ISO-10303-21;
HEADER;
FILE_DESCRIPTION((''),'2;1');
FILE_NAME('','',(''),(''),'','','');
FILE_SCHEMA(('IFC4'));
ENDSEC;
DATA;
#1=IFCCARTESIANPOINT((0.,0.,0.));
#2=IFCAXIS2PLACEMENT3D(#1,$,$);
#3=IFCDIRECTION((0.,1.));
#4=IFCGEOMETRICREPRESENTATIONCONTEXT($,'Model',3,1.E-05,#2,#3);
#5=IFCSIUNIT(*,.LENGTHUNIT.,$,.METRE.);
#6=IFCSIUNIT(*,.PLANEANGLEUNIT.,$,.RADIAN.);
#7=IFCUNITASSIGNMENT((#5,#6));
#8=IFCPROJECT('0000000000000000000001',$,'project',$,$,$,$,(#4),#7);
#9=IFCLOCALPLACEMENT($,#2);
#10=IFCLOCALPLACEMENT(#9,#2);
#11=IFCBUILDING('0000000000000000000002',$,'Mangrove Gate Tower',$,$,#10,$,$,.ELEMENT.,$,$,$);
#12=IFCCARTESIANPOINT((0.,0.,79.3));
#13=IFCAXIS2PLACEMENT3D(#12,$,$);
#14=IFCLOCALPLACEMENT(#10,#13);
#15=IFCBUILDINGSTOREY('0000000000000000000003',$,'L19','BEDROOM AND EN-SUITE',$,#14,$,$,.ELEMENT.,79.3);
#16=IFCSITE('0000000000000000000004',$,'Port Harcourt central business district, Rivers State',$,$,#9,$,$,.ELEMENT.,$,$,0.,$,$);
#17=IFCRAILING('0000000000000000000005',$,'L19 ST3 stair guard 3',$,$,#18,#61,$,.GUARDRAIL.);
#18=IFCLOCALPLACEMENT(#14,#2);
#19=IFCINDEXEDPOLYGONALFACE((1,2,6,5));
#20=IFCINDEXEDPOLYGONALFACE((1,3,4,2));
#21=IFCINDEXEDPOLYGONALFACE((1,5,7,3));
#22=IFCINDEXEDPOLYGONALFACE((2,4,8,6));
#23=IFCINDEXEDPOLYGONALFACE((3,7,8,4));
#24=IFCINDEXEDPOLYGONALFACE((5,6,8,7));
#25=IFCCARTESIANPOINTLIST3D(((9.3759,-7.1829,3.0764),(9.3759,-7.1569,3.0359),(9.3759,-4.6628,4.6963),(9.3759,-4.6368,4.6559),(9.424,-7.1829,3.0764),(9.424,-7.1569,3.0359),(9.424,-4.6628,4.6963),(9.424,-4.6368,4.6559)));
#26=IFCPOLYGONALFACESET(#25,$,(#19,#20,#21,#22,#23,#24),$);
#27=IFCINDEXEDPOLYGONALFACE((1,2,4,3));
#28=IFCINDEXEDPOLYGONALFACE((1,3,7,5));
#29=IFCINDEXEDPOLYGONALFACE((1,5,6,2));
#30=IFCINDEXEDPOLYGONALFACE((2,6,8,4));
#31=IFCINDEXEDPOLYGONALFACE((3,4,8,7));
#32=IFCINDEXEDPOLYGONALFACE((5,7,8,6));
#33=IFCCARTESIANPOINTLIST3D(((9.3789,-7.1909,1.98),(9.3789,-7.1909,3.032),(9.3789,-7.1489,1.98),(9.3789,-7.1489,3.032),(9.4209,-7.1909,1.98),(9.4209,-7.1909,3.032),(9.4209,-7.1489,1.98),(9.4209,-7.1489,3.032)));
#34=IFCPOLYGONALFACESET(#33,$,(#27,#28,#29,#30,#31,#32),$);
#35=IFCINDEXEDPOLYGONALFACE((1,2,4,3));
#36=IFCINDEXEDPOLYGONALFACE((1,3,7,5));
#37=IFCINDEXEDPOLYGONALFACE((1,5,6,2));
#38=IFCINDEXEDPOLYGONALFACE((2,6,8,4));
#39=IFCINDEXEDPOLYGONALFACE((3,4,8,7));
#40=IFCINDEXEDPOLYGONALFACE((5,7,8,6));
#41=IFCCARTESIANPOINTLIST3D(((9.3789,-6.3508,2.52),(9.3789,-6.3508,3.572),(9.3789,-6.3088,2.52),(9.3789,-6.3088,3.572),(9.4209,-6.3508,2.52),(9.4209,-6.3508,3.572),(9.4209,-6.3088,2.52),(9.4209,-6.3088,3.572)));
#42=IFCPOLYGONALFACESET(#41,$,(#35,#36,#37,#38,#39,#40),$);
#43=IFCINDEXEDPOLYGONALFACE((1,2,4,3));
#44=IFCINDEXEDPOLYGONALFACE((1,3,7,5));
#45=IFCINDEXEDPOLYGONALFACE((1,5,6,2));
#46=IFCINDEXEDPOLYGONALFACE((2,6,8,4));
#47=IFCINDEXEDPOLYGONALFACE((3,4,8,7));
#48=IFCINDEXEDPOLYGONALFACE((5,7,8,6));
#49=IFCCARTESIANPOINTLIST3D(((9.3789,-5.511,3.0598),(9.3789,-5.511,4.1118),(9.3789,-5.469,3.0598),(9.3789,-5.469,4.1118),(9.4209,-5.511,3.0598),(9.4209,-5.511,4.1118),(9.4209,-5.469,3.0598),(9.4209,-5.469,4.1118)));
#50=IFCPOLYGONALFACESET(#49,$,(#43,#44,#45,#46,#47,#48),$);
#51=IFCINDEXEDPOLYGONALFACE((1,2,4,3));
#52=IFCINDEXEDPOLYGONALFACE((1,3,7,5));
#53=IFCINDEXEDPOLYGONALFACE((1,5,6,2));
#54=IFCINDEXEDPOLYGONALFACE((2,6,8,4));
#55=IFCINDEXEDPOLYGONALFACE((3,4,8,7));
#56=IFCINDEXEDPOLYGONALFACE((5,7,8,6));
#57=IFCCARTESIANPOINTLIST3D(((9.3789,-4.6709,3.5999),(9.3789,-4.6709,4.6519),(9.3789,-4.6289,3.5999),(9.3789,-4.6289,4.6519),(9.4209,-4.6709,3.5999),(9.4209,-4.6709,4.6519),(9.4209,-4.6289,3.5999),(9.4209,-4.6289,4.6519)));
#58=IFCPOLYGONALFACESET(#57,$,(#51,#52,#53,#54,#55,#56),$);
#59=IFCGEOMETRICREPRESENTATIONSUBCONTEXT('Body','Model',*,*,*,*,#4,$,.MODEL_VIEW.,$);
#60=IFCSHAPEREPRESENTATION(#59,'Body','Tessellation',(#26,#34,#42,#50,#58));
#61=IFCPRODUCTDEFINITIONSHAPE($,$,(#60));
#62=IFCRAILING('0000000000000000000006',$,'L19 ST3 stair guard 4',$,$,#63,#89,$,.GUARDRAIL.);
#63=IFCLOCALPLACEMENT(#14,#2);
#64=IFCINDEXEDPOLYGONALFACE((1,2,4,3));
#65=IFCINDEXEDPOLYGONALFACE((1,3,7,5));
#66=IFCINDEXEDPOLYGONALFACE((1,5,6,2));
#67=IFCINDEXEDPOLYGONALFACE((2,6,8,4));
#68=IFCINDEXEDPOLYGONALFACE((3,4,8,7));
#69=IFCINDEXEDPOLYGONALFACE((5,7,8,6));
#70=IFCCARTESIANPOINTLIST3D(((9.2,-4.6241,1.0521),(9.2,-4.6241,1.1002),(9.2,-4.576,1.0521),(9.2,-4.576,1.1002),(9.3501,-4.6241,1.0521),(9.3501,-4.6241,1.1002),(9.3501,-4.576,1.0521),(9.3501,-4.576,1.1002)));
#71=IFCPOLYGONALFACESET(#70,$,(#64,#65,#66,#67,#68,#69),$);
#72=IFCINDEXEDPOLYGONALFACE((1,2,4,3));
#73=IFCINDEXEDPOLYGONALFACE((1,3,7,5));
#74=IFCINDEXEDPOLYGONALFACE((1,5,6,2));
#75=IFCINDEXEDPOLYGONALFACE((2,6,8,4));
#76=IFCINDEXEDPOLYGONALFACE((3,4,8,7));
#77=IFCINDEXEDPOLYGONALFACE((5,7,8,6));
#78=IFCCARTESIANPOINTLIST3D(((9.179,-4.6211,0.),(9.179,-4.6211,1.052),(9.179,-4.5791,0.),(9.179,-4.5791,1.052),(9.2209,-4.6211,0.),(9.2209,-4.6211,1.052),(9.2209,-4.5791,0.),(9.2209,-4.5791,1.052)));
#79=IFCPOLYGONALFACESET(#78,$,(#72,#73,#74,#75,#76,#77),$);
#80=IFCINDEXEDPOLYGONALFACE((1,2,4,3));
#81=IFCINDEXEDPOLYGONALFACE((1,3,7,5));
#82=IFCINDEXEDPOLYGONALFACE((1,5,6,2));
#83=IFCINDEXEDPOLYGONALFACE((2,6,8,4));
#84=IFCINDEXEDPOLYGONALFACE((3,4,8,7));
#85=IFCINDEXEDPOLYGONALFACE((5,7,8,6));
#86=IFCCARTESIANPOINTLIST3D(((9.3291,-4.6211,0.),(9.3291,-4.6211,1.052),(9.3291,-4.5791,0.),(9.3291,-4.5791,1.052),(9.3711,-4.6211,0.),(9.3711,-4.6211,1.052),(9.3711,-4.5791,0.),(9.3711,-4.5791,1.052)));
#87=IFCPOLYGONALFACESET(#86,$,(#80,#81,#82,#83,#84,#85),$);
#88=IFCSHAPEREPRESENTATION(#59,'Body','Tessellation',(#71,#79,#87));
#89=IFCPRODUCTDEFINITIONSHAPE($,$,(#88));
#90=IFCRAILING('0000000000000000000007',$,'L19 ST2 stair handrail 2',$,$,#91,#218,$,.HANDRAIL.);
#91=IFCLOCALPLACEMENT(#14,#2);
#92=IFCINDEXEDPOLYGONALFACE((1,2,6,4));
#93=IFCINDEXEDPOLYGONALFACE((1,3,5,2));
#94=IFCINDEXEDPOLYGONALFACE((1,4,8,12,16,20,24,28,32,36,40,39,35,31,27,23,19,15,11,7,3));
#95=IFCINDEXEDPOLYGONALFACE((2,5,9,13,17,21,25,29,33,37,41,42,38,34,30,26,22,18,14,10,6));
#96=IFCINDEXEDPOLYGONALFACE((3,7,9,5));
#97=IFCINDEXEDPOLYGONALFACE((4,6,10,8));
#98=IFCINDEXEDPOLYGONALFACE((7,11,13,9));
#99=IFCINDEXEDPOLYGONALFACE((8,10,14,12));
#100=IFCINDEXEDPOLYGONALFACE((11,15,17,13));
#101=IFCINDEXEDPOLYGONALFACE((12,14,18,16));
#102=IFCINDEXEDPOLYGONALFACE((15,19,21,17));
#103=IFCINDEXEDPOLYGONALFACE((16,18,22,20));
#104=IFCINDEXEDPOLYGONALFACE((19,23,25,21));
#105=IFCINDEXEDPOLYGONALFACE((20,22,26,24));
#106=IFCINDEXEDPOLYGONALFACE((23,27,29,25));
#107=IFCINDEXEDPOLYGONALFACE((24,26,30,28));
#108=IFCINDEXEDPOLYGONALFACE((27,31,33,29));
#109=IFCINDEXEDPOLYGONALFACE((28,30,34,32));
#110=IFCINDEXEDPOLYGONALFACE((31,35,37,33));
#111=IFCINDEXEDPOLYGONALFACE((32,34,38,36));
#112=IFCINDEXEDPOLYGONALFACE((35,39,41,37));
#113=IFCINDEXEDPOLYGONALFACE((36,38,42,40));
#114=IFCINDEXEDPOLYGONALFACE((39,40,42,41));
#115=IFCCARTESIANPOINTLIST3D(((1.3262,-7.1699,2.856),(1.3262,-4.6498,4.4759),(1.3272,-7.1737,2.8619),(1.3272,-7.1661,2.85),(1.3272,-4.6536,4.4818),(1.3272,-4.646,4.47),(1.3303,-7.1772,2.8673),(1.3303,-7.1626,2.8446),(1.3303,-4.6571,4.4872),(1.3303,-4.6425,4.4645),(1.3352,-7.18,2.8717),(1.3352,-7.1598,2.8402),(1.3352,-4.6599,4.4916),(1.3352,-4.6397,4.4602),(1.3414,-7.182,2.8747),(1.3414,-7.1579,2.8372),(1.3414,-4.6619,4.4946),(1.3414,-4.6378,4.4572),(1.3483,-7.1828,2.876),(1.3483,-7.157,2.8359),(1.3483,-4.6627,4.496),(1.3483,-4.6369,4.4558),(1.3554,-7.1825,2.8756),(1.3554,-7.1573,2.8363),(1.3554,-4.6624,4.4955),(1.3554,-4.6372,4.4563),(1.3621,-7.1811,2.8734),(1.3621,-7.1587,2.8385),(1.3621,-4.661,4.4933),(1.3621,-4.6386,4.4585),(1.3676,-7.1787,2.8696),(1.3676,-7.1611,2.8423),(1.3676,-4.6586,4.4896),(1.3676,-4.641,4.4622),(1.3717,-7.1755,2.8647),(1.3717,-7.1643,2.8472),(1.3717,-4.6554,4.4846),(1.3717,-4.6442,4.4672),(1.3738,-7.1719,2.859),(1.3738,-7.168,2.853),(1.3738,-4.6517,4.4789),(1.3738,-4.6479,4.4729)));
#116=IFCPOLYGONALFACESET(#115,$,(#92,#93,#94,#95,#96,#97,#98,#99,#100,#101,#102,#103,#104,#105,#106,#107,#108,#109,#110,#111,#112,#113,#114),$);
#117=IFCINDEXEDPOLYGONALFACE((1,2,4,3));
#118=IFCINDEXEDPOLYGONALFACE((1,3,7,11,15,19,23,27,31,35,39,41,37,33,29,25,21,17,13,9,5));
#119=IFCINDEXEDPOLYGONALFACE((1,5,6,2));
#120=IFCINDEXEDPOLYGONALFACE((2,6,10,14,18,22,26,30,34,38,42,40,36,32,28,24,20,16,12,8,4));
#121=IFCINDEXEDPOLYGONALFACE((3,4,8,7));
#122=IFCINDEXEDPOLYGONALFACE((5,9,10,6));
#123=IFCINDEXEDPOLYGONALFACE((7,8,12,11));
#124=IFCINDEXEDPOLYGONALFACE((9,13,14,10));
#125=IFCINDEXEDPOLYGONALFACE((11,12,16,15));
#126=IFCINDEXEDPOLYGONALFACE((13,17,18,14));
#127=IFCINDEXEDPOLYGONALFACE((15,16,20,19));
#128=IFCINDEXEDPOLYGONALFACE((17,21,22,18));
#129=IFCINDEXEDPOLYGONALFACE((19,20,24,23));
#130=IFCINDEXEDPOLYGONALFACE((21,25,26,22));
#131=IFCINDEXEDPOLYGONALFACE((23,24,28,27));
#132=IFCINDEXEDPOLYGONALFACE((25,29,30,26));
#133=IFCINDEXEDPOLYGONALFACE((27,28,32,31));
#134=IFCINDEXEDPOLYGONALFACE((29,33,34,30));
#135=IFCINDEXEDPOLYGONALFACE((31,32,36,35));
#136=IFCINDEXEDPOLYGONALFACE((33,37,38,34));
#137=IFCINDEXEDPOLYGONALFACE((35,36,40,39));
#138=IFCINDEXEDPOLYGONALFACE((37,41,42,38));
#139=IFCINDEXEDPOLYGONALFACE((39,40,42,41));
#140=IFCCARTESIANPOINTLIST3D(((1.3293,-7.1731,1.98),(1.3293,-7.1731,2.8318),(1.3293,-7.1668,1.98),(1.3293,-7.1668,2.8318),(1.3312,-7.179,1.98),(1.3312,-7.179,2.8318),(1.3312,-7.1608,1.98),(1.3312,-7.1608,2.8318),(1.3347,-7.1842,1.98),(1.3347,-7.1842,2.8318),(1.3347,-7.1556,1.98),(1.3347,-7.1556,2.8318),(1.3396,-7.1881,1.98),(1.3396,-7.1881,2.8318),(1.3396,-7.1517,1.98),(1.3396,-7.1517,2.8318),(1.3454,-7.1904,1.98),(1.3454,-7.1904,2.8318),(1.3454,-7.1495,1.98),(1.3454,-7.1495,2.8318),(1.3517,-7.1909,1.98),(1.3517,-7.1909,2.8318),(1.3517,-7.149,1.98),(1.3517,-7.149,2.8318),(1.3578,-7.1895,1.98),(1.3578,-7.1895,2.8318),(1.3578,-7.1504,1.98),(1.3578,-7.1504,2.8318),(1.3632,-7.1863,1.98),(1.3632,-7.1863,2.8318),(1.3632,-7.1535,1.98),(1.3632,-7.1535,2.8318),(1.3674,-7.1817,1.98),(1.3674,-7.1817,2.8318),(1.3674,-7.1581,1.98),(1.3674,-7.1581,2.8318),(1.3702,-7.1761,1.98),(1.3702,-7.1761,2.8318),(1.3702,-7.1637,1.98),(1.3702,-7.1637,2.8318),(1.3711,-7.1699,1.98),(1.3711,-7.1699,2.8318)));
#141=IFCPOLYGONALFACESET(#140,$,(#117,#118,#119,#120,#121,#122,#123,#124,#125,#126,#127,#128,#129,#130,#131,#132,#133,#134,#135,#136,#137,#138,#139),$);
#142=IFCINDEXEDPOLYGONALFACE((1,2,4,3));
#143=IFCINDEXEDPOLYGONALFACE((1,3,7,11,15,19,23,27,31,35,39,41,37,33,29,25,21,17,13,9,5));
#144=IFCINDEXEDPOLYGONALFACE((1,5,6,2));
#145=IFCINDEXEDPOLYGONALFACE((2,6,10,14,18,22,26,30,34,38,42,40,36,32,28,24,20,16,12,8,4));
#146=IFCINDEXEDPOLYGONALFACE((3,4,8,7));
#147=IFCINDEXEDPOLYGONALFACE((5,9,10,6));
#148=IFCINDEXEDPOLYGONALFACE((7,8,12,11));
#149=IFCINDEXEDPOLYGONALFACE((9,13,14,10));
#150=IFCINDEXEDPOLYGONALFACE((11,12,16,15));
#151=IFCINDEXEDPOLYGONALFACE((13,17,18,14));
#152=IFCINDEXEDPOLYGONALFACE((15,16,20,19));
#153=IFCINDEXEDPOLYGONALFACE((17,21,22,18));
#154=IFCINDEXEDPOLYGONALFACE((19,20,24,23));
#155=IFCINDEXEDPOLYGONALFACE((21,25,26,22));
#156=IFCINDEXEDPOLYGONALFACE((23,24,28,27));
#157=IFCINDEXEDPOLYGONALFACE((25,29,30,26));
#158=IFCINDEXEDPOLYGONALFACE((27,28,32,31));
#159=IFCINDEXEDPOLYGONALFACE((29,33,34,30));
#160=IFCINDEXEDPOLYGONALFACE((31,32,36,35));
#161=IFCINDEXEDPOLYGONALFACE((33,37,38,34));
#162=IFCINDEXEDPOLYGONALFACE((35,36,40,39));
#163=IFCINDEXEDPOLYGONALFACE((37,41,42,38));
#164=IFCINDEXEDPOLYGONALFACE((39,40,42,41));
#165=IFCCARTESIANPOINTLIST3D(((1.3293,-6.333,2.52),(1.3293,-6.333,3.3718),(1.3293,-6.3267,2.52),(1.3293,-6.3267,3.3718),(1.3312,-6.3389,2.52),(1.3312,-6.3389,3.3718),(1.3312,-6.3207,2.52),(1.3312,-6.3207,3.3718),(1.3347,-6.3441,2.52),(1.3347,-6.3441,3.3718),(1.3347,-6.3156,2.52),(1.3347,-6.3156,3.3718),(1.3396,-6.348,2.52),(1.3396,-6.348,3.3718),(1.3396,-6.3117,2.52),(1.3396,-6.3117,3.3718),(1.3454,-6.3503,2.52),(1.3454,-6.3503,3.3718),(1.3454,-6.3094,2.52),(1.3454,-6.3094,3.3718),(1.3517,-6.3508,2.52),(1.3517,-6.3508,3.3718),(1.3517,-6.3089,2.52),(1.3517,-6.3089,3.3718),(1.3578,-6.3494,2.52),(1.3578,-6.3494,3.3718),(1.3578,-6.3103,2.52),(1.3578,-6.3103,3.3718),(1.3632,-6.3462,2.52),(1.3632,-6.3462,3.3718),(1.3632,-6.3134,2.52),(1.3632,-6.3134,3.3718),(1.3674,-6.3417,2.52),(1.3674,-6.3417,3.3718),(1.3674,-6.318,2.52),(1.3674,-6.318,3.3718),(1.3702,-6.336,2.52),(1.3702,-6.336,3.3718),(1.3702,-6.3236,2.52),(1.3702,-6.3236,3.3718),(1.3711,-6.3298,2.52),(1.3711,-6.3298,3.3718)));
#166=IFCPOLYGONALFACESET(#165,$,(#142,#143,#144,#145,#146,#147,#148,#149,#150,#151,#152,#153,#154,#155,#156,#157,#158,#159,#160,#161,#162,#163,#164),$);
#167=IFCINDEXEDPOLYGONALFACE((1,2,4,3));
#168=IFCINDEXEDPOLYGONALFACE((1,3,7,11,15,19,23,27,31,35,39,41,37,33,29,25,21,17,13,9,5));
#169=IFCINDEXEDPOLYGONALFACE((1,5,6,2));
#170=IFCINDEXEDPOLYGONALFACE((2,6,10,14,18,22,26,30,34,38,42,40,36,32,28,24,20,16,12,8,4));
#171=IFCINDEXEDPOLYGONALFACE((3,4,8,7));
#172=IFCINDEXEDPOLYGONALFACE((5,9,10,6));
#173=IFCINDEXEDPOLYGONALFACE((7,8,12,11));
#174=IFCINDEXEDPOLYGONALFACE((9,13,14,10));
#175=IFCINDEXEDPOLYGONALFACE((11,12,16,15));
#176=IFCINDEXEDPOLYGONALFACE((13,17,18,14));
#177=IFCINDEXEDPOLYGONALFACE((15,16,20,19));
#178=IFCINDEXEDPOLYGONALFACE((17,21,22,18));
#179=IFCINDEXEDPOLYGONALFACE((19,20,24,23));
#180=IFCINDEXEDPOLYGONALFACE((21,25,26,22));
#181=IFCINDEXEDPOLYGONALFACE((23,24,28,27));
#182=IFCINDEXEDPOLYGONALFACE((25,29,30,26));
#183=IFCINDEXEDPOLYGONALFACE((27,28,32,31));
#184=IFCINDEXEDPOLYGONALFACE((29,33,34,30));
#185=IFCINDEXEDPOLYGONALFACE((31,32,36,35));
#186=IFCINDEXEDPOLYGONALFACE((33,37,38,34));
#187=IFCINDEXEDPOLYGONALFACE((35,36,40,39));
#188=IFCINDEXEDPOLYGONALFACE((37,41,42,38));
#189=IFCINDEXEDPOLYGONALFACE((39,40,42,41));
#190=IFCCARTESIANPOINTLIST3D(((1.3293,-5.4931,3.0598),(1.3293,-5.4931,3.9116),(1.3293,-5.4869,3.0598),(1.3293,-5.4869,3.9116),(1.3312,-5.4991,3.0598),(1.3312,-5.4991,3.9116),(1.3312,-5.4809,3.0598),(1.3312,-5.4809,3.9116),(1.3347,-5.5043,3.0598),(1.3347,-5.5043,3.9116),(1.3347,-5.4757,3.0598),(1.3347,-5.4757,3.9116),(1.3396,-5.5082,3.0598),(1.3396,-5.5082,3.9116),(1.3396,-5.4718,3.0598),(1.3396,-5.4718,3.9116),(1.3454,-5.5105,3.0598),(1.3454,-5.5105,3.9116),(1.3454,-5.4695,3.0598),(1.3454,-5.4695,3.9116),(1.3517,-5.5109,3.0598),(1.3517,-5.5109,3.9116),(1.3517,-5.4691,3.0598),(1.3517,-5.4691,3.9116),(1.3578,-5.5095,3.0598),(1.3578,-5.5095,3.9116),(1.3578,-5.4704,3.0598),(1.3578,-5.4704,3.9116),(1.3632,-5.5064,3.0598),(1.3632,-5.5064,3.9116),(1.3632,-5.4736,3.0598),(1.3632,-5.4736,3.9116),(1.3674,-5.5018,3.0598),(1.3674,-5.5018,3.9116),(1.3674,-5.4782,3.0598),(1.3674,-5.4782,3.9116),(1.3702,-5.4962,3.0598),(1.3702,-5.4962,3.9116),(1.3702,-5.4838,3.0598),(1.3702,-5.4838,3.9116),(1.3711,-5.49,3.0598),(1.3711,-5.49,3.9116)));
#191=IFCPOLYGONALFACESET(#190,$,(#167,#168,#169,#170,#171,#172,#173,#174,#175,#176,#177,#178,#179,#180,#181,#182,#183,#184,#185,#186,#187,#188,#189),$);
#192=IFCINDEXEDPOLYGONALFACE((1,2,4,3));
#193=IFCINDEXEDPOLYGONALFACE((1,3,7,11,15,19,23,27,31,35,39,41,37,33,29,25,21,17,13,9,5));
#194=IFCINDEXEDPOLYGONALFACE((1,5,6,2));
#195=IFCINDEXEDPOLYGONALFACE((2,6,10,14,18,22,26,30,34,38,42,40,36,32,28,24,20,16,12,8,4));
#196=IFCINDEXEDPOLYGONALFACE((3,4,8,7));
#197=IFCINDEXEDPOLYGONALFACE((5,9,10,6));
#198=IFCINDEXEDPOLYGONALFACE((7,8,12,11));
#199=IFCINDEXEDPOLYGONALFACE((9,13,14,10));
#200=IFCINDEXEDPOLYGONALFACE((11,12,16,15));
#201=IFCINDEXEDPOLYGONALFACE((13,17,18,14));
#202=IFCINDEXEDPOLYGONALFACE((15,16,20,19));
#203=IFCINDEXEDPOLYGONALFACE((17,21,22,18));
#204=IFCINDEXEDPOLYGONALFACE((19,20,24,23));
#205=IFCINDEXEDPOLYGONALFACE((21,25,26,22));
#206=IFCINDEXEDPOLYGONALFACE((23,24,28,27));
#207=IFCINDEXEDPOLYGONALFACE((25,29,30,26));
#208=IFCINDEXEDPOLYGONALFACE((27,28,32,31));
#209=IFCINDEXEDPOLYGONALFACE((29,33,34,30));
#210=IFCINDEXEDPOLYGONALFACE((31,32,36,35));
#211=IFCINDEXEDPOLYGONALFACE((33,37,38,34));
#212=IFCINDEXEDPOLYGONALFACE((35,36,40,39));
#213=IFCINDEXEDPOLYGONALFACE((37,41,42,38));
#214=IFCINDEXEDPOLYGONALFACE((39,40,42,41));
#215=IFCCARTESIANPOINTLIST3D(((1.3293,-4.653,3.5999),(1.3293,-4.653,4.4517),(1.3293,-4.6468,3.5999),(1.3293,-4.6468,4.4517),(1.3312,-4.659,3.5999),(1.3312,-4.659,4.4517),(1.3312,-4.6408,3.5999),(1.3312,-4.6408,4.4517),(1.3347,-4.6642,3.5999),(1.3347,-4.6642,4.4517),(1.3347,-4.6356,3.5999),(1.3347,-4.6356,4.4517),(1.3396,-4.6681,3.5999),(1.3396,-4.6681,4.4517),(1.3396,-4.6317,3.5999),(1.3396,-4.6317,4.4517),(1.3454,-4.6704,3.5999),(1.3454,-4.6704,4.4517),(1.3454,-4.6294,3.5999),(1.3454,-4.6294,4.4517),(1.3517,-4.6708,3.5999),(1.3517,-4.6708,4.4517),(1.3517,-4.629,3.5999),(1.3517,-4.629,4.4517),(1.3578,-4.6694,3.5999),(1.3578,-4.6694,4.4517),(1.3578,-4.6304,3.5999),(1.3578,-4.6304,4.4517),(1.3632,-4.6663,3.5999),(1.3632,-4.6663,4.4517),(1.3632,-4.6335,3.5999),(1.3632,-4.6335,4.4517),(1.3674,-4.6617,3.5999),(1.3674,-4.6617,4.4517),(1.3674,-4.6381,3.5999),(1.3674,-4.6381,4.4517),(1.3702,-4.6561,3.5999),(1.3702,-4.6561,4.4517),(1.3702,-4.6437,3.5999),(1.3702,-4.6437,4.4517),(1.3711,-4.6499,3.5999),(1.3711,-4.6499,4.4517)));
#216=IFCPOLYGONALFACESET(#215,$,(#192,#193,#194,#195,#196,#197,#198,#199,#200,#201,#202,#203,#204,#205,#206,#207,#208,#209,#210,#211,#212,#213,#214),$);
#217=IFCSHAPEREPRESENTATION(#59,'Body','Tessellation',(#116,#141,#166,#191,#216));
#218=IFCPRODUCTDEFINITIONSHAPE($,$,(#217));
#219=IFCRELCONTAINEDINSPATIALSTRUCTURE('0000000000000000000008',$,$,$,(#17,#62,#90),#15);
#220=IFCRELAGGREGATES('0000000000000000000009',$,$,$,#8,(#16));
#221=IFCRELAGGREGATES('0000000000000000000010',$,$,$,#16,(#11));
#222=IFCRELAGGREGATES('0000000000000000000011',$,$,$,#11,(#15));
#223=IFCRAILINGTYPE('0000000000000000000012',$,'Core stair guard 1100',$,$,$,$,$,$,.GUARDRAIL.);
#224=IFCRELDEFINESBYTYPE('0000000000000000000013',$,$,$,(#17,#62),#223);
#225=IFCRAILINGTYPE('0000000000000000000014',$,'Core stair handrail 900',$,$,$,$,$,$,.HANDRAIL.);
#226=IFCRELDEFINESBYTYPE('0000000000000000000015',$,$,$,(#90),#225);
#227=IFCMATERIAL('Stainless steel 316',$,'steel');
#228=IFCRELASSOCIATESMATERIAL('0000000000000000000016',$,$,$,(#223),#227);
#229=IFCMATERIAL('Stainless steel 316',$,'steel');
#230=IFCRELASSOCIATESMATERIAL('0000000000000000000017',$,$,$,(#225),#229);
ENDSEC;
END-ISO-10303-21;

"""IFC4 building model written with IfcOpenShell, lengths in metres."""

from ifc_helpers import new_model, si_unit, direction, frame, origin, origin_2d, place, context, subcontext, project, spatial, rectangle, circle, extrude, material, type_object, element, save


model = new_model("IFC4")

# Units and contexts
model_context = context("Model", 3, precision=1e-05, world=origin(), true_north=direction((0.0, 1.0)))
body_context = subcontext(model_context, "Body", "Model", "MODEL_VIEW")
ifc_project = project(units=[si_unit("LENGTHUNIT", "METRE"), si_unit("PLANEANGLEUNIT", "RADIAN")], contexts=[model_context])

# Site, building, storey
site_placement = place(None, origin())
site = spatial("IfcSite", under=ifc_project, at=site_placement, Name="Port Harcourt central business district, Rivers State", CompositionType="ELEMENT", RefElevation=0.0)
building_placement = place(site_placement, origin())
building = spatial("IfcBuilding", under=site, at=building_placement, Name="Mangrove Gate Tower", CompositionType="ELEMENT")
storey_placement = place(building_placement, frame((0.0, 0.0, 79.3)))
storey = spatial("IfcBuildingStorey", under=building, at=storey_placement, Name="L19", Description="BEDROOM AND EN-SUITE", CompositionType="ELEMENT", Elevation=79.3)

# Railings
ifc_material_1 = material(Name="Stainless steel 316", Category="steel")
railing_type_1 = type_object("IfcRailingType", Name="Core stair guard 1100", PredefinedType="GUARDRAIL", material=ifc_material_1)
railing_1_placement = place(storey_placement, frame((9.3999, -7.1699, 1.98)))
element("IfcRailing", 1, at=railing_1_placement, inside=storey, type_object=railing_type_1, Name="L19 ST3 stair guard 3", PredefinedType="GUARDRAIL", context=body_context, shape_type="SweptSolid", body=[
    extrude(rectangle(XDim=0.0481, YDim=0.0481, at=origin_2d()), frame((0.0, 0.0, 1.0762), z_axis=(0.0, 0.8412, 0.540725), x_axis=(-1.0, 0.0, 0.0)), (0.0, 0.0, 1.0), 2.9958),
    extrude(rectangle(XDim=0.042, YDim=0.042, at=origin_2d()), origin(), (0.0, 0.0, 1.0), 1.052),
    extrude(rectangle(XDim=0.042, YDim=0.042, at=origin_2d()), frame((0.0, 0.8401, 0.54)), (0.0, 0.0, 1.0), 1.052),
    extrude(rectangle(XDim=0.042, YDim=0.042, at=origin_2d()), frame((0.0, 1.6799, 1.0798)), (0.0, 0.0, 1.0), 1.052),
    extrude(rectangle(XDim=0.042, YDim=0.042, at=origin_2d()), frame((0.0, 2.52, 1.6199)), (0.0, 0.0, 1.0), 1.052),
])
railing_2_placement = place(storey_placement, frame((9.2, -4.6001, 0.0)))
element("IfcRailing", 2, at=railing_2_placement, inside=storey, type_object=railing_type_1, Name="L19 ST3 stair guard 4", PredefinedType="GUARDRAIL", context=body_context, shape_type="SweptSolid", body=[
    extrude(rectangle(XDim=0.0481, YDim=0.0481, at=origin_2d()), frame((0.0, 0.0, 1.0762), z_axis=(1.0, 0.0, 0.0), x_axis=(0.0, 1.0, 0.0)), (0.0, 0.0, 1.0), 0.1501),
    extrude(rectangle(XDim=0.042, YDim=0.042, at=origin_2d()), origin(), (0.0, 0.0, 1.0), 1.052),
    extrude(rectangle(XDim=0.042, YDim=0.042, at=origin_2d()), frame((0.1501, 0.0, 0.0)), (0.0, 0.0, 1.0), 1.052),
])
ifc_material_2 = material(Name="Stainless steel 316", Category="steel")
railing_type_2 = type_object("IfcRailingType", Name="Core stair handrail 900", PredefinedType="HANDRAIL", material=ifc_material_2)
railing_3_placement = place(storey_placement, frame((1.3501, -7.1699, 1.98)))
element("IfcRailing", 3, at=railing_3_placement, inside=storey, type_object=railing_type_2, Name="L19 ST2 stair handrail 2", PredefinedType="HANDRAIL", context=body_context, shape_type="SweptSolid", body=[
    extrude(circle(Radius=0.0239, at=origin_2d()), frame((0.0, 0.0, 0.876), z_axis=(0.0, 0.8412, 0.540725), x_axis=(-1.0, 0.0, 0.0)), (0.0, 0.0, 1.0), 2.9958),
    extrude(circle(Radius=0.021, at=origin_2d()), origin(), (0.0, 0.0, 1.0), 0.8518),
    extrude(circle(Radius=0.021, at=origin_2d()), frame((0.0, 0.8401, 0.54)), (0.0, 0.0, 1.0), 0.8518),
    extrude(circle(Radius=0.021, at=origin_2d()), frame((0.0, 1.6799, 1.0798)), (0.0, 0.0, 1.0), 0.8518),
    extrude(circle(Radius=0.021, at=origin_2d()), frame((0.0, 2.52, 1.6199)), (0.0, 0.0, 1.0), 0.8518),
])

save(model, "model.ifc")
